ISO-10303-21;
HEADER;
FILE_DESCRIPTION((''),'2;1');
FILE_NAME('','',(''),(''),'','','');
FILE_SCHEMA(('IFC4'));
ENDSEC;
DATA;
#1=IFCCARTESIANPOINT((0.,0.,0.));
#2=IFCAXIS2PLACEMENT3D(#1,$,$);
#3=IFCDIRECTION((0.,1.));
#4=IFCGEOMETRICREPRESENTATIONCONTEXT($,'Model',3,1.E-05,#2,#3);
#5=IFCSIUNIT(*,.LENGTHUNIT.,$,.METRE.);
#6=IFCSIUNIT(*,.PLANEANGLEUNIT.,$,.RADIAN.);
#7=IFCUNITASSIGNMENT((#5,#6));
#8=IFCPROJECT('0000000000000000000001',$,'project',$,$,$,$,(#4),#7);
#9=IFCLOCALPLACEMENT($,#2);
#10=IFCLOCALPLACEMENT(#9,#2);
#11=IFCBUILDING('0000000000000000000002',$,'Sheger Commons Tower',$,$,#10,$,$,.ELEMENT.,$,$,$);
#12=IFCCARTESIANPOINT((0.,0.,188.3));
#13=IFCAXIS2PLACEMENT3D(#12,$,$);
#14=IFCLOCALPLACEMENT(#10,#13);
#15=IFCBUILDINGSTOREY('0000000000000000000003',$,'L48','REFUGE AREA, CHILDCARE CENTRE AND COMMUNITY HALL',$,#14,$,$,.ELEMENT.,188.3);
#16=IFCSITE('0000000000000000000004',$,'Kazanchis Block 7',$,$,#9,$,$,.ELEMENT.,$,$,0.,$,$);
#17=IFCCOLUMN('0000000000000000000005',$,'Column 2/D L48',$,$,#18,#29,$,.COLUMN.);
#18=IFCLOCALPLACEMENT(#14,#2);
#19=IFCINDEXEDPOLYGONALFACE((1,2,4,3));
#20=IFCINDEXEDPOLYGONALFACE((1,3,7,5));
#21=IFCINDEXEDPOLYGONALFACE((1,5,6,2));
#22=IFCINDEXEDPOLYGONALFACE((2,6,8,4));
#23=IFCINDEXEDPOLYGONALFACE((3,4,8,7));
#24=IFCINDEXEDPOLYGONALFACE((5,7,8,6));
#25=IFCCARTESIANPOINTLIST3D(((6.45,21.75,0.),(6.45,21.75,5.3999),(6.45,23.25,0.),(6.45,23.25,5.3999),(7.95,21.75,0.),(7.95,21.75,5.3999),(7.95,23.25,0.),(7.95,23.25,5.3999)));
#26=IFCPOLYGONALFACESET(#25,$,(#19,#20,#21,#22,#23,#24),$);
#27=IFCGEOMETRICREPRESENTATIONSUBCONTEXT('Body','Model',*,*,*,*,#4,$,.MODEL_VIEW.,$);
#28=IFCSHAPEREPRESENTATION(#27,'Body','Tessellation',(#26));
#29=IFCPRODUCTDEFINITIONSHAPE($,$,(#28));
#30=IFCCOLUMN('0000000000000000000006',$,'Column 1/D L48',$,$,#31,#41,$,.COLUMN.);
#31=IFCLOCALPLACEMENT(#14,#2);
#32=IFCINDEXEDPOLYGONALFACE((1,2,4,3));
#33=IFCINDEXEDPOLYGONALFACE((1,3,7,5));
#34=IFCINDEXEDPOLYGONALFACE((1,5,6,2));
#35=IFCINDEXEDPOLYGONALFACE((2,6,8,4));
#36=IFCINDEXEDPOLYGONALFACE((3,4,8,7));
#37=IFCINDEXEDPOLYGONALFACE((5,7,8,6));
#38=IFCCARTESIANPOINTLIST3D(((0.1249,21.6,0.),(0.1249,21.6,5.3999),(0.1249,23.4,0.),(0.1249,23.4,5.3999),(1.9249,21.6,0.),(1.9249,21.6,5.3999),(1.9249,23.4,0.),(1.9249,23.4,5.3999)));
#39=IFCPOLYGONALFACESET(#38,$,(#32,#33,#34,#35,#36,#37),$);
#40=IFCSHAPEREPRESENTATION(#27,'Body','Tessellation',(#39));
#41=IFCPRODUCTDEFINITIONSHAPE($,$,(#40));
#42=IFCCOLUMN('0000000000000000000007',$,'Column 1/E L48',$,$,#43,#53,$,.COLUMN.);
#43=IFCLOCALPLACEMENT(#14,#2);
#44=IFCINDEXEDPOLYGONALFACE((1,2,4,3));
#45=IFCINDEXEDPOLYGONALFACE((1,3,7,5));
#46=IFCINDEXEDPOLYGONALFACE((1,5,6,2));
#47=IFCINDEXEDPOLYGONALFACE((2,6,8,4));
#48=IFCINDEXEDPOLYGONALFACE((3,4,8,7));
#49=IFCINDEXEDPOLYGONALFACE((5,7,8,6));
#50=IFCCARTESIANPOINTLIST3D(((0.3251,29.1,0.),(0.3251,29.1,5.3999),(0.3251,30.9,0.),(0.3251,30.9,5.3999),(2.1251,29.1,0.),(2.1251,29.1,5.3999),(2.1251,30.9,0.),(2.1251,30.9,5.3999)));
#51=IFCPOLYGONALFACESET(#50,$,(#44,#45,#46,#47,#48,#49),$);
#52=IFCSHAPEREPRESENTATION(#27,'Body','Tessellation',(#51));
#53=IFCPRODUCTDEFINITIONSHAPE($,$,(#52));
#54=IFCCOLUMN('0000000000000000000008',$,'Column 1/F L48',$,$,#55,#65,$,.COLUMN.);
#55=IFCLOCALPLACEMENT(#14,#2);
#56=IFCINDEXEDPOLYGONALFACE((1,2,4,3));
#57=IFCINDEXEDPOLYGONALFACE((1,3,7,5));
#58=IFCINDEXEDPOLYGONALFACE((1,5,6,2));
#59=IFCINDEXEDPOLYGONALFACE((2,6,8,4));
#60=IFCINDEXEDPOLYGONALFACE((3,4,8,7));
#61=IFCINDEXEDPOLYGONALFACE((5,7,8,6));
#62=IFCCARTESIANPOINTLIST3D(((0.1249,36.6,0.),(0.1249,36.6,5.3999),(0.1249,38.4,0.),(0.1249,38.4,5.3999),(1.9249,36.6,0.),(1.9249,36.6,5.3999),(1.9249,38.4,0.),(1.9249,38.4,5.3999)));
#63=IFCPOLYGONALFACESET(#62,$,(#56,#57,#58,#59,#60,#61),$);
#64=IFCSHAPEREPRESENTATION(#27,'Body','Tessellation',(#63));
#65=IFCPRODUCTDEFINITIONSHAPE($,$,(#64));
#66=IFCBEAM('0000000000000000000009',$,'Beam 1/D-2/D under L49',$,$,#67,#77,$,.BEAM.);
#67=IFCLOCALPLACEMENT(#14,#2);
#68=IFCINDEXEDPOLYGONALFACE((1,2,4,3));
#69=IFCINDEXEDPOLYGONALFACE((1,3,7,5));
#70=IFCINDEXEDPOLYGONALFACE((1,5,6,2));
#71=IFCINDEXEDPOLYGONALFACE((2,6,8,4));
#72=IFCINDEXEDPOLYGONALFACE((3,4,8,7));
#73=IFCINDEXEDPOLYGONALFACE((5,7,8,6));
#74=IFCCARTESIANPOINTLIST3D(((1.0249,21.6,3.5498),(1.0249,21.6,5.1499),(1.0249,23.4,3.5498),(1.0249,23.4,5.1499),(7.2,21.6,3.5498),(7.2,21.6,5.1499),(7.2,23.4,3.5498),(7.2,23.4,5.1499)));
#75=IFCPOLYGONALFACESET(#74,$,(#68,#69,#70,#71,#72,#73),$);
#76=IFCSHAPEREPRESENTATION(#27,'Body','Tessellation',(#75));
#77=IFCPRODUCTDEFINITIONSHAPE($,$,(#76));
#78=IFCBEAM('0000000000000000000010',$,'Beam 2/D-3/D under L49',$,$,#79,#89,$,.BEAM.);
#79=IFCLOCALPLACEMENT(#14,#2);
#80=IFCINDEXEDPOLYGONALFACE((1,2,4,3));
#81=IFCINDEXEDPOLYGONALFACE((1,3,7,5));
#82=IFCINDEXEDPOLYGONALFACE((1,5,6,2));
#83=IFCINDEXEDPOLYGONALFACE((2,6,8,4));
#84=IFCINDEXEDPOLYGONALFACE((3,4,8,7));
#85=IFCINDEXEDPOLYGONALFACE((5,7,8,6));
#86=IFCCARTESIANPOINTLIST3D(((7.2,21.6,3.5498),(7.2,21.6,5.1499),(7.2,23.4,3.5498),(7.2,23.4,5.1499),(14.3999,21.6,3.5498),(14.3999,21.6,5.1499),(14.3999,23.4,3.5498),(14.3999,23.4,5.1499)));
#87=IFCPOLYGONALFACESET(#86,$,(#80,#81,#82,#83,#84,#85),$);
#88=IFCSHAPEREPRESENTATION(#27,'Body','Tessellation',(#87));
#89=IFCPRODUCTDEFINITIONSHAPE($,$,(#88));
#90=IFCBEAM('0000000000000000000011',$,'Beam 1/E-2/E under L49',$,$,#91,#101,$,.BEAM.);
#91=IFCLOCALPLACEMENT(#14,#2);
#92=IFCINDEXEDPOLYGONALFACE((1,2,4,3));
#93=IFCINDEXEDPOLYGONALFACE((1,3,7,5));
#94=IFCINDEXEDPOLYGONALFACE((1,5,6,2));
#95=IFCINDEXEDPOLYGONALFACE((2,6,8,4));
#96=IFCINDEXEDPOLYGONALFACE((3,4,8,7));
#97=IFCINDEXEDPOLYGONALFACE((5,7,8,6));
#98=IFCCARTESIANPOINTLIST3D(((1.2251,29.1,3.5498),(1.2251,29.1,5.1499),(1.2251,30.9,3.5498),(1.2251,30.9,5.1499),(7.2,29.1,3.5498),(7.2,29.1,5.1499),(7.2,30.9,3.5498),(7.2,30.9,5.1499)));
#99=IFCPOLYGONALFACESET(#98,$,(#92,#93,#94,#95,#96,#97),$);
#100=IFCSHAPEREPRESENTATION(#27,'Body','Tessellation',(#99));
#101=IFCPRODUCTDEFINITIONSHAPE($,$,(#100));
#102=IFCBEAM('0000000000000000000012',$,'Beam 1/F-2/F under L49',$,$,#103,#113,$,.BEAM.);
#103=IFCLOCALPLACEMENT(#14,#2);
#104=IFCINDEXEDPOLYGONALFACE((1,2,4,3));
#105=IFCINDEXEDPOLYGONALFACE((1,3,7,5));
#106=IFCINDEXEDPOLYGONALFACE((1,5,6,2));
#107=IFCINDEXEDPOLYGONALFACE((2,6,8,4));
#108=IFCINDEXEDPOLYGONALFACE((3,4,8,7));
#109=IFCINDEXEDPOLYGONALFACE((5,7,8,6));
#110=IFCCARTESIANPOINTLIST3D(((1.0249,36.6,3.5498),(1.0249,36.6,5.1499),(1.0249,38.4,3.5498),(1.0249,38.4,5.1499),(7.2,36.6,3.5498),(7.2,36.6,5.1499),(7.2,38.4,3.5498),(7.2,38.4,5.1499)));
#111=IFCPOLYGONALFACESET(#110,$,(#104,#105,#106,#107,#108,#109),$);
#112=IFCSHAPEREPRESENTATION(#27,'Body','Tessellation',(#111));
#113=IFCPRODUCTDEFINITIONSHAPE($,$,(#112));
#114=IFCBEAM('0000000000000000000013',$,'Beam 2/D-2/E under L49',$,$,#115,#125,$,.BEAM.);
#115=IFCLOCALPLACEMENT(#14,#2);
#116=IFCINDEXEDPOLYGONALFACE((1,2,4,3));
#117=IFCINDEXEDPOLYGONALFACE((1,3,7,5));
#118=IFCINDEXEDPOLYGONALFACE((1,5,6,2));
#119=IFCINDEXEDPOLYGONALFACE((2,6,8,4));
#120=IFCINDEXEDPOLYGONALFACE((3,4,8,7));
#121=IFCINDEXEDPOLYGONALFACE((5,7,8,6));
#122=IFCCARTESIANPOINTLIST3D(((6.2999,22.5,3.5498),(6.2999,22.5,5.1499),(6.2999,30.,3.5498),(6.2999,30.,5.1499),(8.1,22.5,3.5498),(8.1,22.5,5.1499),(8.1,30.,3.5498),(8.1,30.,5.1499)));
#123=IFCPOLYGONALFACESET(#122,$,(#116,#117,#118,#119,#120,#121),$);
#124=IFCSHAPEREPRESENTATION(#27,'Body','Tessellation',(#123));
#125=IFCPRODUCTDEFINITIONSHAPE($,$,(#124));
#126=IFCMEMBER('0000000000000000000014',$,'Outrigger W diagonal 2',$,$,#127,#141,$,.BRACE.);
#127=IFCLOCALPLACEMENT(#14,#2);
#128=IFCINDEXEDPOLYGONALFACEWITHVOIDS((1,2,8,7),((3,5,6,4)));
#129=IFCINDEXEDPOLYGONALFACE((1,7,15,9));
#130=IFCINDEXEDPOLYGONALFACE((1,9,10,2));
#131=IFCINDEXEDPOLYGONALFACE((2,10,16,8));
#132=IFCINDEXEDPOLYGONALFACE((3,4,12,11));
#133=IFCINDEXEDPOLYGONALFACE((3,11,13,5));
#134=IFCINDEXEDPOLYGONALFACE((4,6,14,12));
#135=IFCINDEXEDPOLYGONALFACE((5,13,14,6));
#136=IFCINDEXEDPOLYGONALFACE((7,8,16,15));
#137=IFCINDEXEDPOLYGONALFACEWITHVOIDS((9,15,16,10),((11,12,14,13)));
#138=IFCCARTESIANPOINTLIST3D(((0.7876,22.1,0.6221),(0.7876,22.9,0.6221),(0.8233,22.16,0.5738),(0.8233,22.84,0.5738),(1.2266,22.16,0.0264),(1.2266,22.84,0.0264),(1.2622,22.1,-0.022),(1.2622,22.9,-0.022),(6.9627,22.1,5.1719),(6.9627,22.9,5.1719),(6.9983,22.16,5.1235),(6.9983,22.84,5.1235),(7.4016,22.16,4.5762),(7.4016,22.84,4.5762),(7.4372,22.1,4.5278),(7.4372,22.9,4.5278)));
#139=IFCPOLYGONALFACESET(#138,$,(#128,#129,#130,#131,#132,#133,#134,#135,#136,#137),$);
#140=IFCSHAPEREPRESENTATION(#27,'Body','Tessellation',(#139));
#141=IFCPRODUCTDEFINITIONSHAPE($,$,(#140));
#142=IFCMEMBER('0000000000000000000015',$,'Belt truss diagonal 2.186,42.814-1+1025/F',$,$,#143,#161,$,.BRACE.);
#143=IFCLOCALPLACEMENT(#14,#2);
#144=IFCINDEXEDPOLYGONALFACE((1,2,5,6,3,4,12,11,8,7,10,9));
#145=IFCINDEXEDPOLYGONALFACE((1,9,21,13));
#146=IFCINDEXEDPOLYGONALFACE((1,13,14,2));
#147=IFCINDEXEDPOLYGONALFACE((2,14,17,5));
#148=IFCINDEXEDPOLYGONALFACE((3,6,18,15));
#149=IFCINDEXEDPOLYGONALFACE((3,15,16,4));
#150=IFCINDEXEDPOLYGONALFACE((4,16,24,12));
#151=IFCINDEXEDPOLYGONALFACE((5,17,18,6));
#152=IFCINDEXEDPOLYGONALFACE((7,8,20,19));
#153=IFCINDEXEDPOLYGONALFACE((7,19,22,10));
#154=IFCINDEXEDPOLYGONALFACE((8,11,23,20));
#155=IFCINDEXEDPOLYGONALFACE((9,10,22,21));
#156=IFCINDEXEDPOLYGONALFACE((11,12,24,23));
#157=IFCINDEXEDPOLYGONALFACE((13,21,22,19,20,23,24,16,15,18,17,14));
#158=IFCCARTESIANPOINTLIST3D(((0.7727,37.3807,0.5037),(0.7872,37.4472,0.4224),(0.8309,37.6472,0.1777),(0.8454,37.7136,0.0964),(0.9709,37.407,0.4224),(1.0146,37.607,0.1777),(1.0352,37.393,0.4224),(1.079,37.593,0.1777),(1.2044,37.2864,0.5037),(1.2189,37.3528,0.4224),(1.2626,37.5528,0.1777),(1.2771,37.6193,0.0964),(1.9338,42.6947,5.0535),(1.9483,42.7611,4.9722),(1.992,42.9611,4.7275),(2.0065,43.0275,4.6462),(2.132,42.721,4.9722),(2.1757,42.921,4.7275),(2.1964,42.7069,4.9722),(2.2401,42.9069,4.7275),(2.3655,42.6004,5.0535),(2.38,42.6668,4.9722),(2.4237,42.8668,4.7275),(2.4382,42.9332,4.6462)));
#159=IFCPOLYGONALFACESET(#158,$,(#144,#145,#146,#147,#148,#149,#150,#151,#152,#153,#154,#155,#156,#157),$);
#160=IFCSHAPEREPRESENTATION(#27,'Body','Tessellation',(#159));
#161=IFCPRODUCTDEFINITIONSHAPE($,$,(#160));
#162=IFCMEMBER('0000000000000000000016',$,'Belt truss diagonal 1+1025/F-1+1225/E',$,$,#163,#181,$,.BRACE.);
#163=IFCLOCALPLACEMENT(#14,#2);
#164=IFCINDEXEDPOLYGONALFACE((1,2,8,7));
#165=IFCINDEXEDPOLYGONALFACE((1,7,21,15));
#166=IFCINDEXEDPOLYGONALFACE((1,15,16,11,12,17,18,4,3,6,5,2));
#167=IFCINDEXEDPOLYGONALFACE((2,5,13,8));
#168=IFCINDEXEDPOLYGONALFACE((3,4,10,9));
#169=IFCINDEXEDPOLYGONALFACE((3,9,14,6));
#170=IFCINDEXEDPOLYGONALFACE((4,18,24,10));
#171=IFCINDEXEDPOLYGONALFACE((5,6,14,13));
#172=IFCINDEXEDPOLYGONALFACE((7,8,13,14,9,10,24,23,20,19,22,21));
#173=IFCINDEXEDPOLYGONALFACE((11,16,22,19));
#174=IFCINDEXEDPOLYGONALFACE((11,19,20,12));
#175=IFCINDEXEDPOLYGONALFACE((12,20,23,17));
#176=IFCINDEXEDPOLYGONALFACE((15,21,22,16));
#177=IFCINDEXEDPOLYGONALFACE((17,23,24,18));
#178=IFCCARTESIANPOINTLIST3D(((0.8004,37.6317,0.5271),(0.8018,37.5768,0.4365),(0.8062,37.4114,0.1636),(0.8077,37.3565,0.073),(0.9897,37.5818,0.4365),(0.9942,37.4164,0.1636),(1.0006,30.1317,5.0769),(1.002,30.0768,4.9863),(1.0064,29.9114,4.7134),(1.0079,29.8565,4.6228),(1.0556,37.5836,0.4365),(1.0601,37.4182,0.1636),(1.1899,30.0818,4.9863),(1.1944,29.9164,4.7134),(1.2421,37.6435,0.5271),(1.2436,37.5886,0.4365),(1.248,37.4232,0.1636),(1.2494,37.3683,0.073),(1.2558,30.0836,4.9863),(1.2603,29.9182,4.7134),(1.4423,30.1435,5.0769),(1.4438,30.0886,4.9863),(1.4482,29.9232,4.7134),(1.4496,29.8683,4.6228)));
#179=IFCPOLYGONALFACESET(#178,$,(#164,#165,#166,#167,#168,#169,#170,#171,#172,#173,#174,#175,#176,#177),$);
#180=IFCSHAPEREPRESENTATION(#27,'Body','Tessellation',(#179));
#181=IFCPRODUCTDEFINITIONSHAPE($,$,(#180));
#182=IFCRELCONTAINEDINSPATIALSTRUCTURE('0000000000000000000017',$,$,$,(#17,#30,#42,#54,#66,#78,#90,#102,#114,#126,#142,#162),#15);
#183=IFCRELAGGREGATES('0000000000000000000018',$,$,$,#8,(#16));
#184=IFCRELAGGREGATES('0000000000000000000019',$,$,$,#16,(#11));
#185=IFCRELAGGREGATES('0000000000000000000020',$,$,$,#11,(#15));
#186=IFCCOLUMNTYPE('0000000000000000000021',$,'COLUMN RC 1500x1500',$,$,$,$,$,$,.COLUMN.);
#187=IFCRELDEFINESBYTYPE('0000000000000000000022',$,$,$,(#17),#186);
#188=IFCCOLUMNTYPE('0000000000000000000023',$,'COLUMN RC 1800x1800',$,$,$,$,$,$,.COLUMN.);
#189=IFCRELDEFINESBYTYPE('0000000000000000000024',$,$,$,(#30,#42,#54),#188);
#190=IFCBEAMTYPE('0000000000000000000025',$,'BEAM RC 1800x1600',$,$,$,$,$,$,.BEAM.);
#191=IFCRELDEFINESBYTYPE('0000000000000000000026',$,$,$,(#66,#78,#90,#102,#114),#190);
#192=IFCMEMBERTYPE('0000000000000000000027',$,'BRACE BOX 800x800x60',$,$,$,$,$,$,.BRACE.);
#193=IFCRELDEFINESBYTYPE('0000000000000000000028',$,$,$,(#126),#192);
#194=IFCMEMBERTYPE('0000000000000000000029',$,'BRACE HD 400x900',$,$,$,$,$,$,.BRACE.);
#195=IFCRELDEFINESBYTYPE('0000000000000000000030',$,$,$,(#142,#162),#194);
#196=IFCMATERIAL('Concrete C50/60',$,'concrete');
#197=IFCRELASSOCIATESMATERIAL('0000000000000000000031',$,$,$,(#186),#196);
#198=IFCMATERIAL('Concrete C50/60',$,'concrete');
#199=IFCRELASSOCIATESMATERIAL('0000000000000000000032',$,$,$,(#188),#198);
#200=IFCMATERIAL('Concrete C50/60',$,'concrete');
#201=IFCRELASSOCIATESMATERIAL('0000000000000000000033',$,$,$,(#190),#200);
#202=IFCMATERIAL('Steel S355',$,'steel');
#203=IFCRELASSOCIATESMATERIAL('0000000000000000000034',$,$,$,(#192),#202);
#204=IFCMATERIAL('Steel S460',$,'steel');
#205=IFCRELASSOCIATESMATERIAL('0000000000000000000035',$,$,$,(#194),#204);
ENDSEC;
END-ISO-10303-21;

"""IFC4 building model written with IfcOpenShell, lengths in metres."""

from ifc_helpers import new_model, si_unit, direction, frame, origin, origin_2d, place, context, subcontext, project, spatial, rectangle, hollow_rectangle, i_section, extrude, material, material_profile, profile_set, type_object, element, save


model = new_model("IFC4")

# Units and contexts
model_context = context("Model", 3, precision=1e-05, world=origin(), true_north=direction((0.0, 1.0)))
body_context = subcontext(model_context, "Body", "Model", "MODEL_VIEW")
ifc_project = project(units=[si_unit("LENGTHUNIT", "METRE"), si_unit("PLANEANGLEUNIT", "RADIAN")], contexts=[model_context])

# Site, building, storey
site_placement = place(None, origin())
site = spatial("IfcSite", under=ifc_project, at=site_placement, Name="Kazanchis Block 7", CompositionType="ELEMENT", RefElevation=0.0)
building_placement = place(site_placement, origin())
building = spatial("IfcBuilding", under=site, at=building_placement, Name="Sheger Commons Tower", CompositionType="ELEMENT")
storey_placement = place(building_placement, frame((0.0, 0.0, 188.3)))
storey = spatial("IfcBuildingStorey", under=building, at=storey_placement, Name="L48", Description="REFUGE AREA, CHILDCARE CENTRE AND COMMUNITY HALL", CompositionType="ELEMENT", Elevation=188.3)

# Columns
ifc_material_1 = material(Name="Concrete C50/60", Category="concrete")
ifc_material_profile_1 = material_profile(ifc_material_1, rectangle(XDim=1.5, YDim=1.5, at=origin_2d()), Name="RC 1500x1500")
ifc_profile_set_1 = profile_set([ifc_material_profile_1], Name="Concrete C50/60")
column_type_1 = type_object("IfcColumnType", Name="COLUMN RC 1500x1500", PredefinedType="COLUMN", material=ifc_profile_set_1)
column_placement = place(storey_placement, frame((7.2, 22.5, 0.0), z_axis=(0.0, 0.0, 1.0), x_axis=(1.0, 0.0, 0.0)))
element("IfcColumn", 1, at=column_placement, inside=storey, type_object=column_type_1, Name="Column 2/D L48", PredefinedType="COLUMN", context=body_context, shape_type="SweptSolid", body=[
    extrude(rectangle(XDim=1.5, YDim=1.5, at=origin_2d()), origin(), (0.0, 0.0, 1.0), 5.3999),
])
ifc_material_2 = material(Name="Concrete C50/60", Category="concrete")
ifc_material_profile_2 = material_profile(ifc_material_2, rectangle(XDim=1.8, YDim=1.8, at=origin_2d()), Name="RC 1800x1800")
ifc_profile_set_2 = profile_set([ifc_material_profile_2], Name="Concrete C50/60")
column_type_2 = type_object("IfcColumnType", Name="COLUMN RC 1800x1800", PredefinedType="COLUMN", material=ifc_profile_set_2)
for number, where, z_axis, x_axis, name in (
    (2, (1.0249, 22.5, 0.0), (0.0, 0.0, 1.0), (1.0, 0.0, 0.0), "Column 1/D L48"),
    (3, (1.2251, 30.0, 0.0), (0.0, 0.0, 1.0), (1.0, 0.0, 0.0), "Column 1/E L48"),
    (4, (1.0249, 37.5, 0.0), (0.0, 0.0, 1.0), (1.0, 0.0, 0.0), "Column 1/F L48"),
):
    element("IfcColumn", number, at=place(storey_placement, frame(where, z_axis=z_axis, x_axis=x_axis)), inside=storey, type_object=column_type_2, Name=name, PredefinedType="COLUMN", context=body_context, shape_type="SweptSolid", body=[
        extrude(rectangle(XDim=1.8, YDim=1.8, at=origin_2d()), origin(), (0.0, 0.0, 1.0), 5.3999),
    ])

# Beams
ifc_material_3 = material(Name="Concrete C50/60", Category="concrete")
ifc_material_profile_3 = material_profile(ifc_material_3, rectangle(XDim=1.8, YDim=1.6001, at=origin_2d()), Name="RC 1800x1600")
ifc_profile_set_3 = profile_set([ifc_material_profile_3], Name="Concrete C50/60")
beam_type_1 = type_object("IfcBeamType", Name="BEAM RC 1800x1600", PredefinedType="BEAM", material=ifc_profile_set_3)
beam_1_placement = place(storey_placement, frame((1.0249, 22.5, 4.3499), z_axis=(1.0, 0.0, 0.0), x_axis=(0.0, 1.0, 0.0)))
element("IfcBeam", 5, at=beam_1_placement, inside=storey, type_object=beam_type_1, Name="Beam 1/D-2/D under L49", PredefinedType="BEAM", context=body_context, shape_type="SweptSolid", body=[
    extrude(rectangle(XDim=1.8, YDim=1.6001, at=origin_2d()), origin(), (0.0, 0.0, 1.0), 6.175),
])
beam_2_placement = place(storey_placement, frame((7.2, 22.5, 4.3499), z_axis=(1.0, 0.0, 0.0), x_axis=(0.0, 1.0, 0.0)))
element("IfcBeam", 6, at=beam_2_placement, inside=storey, type_object=beam_type_1, Name="Beam 2/D-3/D under L49", PredefinedType="BEAM", context=body_context, shape_type="SweptSolid", body=[
    extrude(rectangle(XDim=1.8, YDim=1.6001, at=origin_2d()), origin(), (0.0, 0.0, 1.0), 7.2),
])
beam_3_placement = place(storey_placement, frame((1.2251, 30.0, 4.3499), z_axis=(1.0, 0.0, 0.0), x_axis=(0.0, 1.0, 0.0)))
element("IfcBeam", 7, at=beam_3_placement, inside=storey, type_object=beam_type_1, Name="Beam 1/E-2/E under L49", PredefinedType="BEAM", context=body_context, shape_type="SweptSolid", body=[
    extrude(rectangle(XDim=1.8, YDim=1.6001, at=origin_2d()), origin(), (0.0, 0.0, 1.0), 5.9749),
])
beam_4_placement = place(storey_placement, frame((1.0249, 37.5, 4.3499), z_axis=(1.0, 0.0, 0.0), x_axis=(0.0, 1.0, 0.0)))
element("IfcBeam", 8, at=beam_4_placement, inside=storey, type_object=beam_type_1, Name="Beam 1/F-2/F under L49", PredefinedType="BEAM", context=body_context, shape_type="SweptSolid", body=[
    extrude(rectangle(XDim=1.8, YDim=1.6001, at=origin_2d()), origin(), (0.0, 0.0, 1.0), 6.175),
])
beam_5_placement = place(storey_placement, frame((7.2, 22.5, 4.3499), z_axis=(0.0, 1.0, 0.0), x_axis=(-1.0, 0.0, 0.0)))
element("IfcBeam", 9, at=beam_5_placement, inside=storey, type_object=beam_type_1, Name="Beam 2/D-2/E under L49", PredefinedType="BEAM", context=body_context, shape_type="SweptSolid", body=[
    extrude(rectangle(XDim=1.8, YDim=1.6001, at=origin_2d()), origin(), (0.0, 0.0, 1.0), 7.5),
])

# Members
ifc_material_4 = material(Name="Steel S355", Category="steel")
ifc_material_profile_4 = material_profile(ifc_material_4, hollow_rectangle(XDim=0.8, YDim=0.8, WallThickness=0.0601, at=origin_2d()), Name="BOX 800x800x60")
ifc_profile_set_4 = profile_set([ifc_material_profile_4], Name="Steel S355")
member_type_1 = type_object("IfcMemberType", Name="BRACE BOX 800x800x60", PredefinedType="BRACE", material=ifc_profile_set_4)
member_1_placement = place(storey_placement, frame((7.2, 22.5, 4.8499), z_axis=(-0.80507, 0.0, -0.593179), x_axis=(0.0, -1.0, 0.0)))
element("IfcMember", 10, at=member_1_placement, inside=storey, type_object=member_type_1, Name="Outrigger W diagonal 2", PredefinedType="BRACE", context=body_context, shape_type="SweptSolid", body=[
    extrude(hollow_rectangle(XDim=0.8, YDim=0.8, WallThickness=0.0601, at=origin_2d()), origin(), (0.0, 0.0, 1.0), 7.6702),
])
ifc_material_5 = material(Name="Steel S460", Category="steel")
ifc_material_profile_5 = material_profile(ifc_material_5, i_section(OverallWidth=0.4419, OverallDepth=0.531, WebThickness=0.0659, FlangeThickness=0.106, at=origin_2d()), Name="HD 400x900")
ifc_profile_set_5 = profile_set([ifc_material_profile_5], Name="Steel S460")
member_type_2 = type_object("IfcMemberType", Name="BRACE HD 400x900", PredefinedType="BRACE", material=ifc_profile_set_5)
member_2_placement = place(storey_placement, frame((1.0249, 37.5, 0.3), z_axis=(0.163739, 0.749359, 0.6416), x_axis=(-0.97695, 0.213469, 0.0)))
element("IfcMember", 11, at=member_2_placement, inside=storey, type_object=member_type_2, Name="Belt truss diagonal 2.186,42.814-1+1025/F", PredefinedType="BRACE", context=body_context, shape_type="SweptSolid", body=[
    extrude(i_section(OverallWidth=0.4419, OverallDepth=0.531, WebThickness=0.0659, FlangeThickness=0.106, at=origin_2d()), origin(), (0.0, 0.0, 1.0), 7.0913),
])
for number, where, z_axis, x_axis, name in (
    (12, (1.0249, 37.5, 0.3), (0.022816, -0.854755, 0.518529), (0.999644, 0.026683, 0.0), "Belt truss diagonal 1+1025/F-1+1225/E"),
):
    element("IfcMember", number, at=place(storey_placement, frame(where, z_axis=z_axis, x_axis=x_axis)), inside=storey, type_object=member_type_2, Name=name, PredefinedType="BRACE", context=body_context, shape_type="SweptSolid", body=[
        extrude(i_section(OverallWidth=0.4419, OverallDepth=0.531, WebThickness=0.0659, FlangeThickness=0.106, at=origin_2d()), origin(), (0.0, 0.0, 1.0), 8.7744),
    ])

save(model, "model.ifc")
